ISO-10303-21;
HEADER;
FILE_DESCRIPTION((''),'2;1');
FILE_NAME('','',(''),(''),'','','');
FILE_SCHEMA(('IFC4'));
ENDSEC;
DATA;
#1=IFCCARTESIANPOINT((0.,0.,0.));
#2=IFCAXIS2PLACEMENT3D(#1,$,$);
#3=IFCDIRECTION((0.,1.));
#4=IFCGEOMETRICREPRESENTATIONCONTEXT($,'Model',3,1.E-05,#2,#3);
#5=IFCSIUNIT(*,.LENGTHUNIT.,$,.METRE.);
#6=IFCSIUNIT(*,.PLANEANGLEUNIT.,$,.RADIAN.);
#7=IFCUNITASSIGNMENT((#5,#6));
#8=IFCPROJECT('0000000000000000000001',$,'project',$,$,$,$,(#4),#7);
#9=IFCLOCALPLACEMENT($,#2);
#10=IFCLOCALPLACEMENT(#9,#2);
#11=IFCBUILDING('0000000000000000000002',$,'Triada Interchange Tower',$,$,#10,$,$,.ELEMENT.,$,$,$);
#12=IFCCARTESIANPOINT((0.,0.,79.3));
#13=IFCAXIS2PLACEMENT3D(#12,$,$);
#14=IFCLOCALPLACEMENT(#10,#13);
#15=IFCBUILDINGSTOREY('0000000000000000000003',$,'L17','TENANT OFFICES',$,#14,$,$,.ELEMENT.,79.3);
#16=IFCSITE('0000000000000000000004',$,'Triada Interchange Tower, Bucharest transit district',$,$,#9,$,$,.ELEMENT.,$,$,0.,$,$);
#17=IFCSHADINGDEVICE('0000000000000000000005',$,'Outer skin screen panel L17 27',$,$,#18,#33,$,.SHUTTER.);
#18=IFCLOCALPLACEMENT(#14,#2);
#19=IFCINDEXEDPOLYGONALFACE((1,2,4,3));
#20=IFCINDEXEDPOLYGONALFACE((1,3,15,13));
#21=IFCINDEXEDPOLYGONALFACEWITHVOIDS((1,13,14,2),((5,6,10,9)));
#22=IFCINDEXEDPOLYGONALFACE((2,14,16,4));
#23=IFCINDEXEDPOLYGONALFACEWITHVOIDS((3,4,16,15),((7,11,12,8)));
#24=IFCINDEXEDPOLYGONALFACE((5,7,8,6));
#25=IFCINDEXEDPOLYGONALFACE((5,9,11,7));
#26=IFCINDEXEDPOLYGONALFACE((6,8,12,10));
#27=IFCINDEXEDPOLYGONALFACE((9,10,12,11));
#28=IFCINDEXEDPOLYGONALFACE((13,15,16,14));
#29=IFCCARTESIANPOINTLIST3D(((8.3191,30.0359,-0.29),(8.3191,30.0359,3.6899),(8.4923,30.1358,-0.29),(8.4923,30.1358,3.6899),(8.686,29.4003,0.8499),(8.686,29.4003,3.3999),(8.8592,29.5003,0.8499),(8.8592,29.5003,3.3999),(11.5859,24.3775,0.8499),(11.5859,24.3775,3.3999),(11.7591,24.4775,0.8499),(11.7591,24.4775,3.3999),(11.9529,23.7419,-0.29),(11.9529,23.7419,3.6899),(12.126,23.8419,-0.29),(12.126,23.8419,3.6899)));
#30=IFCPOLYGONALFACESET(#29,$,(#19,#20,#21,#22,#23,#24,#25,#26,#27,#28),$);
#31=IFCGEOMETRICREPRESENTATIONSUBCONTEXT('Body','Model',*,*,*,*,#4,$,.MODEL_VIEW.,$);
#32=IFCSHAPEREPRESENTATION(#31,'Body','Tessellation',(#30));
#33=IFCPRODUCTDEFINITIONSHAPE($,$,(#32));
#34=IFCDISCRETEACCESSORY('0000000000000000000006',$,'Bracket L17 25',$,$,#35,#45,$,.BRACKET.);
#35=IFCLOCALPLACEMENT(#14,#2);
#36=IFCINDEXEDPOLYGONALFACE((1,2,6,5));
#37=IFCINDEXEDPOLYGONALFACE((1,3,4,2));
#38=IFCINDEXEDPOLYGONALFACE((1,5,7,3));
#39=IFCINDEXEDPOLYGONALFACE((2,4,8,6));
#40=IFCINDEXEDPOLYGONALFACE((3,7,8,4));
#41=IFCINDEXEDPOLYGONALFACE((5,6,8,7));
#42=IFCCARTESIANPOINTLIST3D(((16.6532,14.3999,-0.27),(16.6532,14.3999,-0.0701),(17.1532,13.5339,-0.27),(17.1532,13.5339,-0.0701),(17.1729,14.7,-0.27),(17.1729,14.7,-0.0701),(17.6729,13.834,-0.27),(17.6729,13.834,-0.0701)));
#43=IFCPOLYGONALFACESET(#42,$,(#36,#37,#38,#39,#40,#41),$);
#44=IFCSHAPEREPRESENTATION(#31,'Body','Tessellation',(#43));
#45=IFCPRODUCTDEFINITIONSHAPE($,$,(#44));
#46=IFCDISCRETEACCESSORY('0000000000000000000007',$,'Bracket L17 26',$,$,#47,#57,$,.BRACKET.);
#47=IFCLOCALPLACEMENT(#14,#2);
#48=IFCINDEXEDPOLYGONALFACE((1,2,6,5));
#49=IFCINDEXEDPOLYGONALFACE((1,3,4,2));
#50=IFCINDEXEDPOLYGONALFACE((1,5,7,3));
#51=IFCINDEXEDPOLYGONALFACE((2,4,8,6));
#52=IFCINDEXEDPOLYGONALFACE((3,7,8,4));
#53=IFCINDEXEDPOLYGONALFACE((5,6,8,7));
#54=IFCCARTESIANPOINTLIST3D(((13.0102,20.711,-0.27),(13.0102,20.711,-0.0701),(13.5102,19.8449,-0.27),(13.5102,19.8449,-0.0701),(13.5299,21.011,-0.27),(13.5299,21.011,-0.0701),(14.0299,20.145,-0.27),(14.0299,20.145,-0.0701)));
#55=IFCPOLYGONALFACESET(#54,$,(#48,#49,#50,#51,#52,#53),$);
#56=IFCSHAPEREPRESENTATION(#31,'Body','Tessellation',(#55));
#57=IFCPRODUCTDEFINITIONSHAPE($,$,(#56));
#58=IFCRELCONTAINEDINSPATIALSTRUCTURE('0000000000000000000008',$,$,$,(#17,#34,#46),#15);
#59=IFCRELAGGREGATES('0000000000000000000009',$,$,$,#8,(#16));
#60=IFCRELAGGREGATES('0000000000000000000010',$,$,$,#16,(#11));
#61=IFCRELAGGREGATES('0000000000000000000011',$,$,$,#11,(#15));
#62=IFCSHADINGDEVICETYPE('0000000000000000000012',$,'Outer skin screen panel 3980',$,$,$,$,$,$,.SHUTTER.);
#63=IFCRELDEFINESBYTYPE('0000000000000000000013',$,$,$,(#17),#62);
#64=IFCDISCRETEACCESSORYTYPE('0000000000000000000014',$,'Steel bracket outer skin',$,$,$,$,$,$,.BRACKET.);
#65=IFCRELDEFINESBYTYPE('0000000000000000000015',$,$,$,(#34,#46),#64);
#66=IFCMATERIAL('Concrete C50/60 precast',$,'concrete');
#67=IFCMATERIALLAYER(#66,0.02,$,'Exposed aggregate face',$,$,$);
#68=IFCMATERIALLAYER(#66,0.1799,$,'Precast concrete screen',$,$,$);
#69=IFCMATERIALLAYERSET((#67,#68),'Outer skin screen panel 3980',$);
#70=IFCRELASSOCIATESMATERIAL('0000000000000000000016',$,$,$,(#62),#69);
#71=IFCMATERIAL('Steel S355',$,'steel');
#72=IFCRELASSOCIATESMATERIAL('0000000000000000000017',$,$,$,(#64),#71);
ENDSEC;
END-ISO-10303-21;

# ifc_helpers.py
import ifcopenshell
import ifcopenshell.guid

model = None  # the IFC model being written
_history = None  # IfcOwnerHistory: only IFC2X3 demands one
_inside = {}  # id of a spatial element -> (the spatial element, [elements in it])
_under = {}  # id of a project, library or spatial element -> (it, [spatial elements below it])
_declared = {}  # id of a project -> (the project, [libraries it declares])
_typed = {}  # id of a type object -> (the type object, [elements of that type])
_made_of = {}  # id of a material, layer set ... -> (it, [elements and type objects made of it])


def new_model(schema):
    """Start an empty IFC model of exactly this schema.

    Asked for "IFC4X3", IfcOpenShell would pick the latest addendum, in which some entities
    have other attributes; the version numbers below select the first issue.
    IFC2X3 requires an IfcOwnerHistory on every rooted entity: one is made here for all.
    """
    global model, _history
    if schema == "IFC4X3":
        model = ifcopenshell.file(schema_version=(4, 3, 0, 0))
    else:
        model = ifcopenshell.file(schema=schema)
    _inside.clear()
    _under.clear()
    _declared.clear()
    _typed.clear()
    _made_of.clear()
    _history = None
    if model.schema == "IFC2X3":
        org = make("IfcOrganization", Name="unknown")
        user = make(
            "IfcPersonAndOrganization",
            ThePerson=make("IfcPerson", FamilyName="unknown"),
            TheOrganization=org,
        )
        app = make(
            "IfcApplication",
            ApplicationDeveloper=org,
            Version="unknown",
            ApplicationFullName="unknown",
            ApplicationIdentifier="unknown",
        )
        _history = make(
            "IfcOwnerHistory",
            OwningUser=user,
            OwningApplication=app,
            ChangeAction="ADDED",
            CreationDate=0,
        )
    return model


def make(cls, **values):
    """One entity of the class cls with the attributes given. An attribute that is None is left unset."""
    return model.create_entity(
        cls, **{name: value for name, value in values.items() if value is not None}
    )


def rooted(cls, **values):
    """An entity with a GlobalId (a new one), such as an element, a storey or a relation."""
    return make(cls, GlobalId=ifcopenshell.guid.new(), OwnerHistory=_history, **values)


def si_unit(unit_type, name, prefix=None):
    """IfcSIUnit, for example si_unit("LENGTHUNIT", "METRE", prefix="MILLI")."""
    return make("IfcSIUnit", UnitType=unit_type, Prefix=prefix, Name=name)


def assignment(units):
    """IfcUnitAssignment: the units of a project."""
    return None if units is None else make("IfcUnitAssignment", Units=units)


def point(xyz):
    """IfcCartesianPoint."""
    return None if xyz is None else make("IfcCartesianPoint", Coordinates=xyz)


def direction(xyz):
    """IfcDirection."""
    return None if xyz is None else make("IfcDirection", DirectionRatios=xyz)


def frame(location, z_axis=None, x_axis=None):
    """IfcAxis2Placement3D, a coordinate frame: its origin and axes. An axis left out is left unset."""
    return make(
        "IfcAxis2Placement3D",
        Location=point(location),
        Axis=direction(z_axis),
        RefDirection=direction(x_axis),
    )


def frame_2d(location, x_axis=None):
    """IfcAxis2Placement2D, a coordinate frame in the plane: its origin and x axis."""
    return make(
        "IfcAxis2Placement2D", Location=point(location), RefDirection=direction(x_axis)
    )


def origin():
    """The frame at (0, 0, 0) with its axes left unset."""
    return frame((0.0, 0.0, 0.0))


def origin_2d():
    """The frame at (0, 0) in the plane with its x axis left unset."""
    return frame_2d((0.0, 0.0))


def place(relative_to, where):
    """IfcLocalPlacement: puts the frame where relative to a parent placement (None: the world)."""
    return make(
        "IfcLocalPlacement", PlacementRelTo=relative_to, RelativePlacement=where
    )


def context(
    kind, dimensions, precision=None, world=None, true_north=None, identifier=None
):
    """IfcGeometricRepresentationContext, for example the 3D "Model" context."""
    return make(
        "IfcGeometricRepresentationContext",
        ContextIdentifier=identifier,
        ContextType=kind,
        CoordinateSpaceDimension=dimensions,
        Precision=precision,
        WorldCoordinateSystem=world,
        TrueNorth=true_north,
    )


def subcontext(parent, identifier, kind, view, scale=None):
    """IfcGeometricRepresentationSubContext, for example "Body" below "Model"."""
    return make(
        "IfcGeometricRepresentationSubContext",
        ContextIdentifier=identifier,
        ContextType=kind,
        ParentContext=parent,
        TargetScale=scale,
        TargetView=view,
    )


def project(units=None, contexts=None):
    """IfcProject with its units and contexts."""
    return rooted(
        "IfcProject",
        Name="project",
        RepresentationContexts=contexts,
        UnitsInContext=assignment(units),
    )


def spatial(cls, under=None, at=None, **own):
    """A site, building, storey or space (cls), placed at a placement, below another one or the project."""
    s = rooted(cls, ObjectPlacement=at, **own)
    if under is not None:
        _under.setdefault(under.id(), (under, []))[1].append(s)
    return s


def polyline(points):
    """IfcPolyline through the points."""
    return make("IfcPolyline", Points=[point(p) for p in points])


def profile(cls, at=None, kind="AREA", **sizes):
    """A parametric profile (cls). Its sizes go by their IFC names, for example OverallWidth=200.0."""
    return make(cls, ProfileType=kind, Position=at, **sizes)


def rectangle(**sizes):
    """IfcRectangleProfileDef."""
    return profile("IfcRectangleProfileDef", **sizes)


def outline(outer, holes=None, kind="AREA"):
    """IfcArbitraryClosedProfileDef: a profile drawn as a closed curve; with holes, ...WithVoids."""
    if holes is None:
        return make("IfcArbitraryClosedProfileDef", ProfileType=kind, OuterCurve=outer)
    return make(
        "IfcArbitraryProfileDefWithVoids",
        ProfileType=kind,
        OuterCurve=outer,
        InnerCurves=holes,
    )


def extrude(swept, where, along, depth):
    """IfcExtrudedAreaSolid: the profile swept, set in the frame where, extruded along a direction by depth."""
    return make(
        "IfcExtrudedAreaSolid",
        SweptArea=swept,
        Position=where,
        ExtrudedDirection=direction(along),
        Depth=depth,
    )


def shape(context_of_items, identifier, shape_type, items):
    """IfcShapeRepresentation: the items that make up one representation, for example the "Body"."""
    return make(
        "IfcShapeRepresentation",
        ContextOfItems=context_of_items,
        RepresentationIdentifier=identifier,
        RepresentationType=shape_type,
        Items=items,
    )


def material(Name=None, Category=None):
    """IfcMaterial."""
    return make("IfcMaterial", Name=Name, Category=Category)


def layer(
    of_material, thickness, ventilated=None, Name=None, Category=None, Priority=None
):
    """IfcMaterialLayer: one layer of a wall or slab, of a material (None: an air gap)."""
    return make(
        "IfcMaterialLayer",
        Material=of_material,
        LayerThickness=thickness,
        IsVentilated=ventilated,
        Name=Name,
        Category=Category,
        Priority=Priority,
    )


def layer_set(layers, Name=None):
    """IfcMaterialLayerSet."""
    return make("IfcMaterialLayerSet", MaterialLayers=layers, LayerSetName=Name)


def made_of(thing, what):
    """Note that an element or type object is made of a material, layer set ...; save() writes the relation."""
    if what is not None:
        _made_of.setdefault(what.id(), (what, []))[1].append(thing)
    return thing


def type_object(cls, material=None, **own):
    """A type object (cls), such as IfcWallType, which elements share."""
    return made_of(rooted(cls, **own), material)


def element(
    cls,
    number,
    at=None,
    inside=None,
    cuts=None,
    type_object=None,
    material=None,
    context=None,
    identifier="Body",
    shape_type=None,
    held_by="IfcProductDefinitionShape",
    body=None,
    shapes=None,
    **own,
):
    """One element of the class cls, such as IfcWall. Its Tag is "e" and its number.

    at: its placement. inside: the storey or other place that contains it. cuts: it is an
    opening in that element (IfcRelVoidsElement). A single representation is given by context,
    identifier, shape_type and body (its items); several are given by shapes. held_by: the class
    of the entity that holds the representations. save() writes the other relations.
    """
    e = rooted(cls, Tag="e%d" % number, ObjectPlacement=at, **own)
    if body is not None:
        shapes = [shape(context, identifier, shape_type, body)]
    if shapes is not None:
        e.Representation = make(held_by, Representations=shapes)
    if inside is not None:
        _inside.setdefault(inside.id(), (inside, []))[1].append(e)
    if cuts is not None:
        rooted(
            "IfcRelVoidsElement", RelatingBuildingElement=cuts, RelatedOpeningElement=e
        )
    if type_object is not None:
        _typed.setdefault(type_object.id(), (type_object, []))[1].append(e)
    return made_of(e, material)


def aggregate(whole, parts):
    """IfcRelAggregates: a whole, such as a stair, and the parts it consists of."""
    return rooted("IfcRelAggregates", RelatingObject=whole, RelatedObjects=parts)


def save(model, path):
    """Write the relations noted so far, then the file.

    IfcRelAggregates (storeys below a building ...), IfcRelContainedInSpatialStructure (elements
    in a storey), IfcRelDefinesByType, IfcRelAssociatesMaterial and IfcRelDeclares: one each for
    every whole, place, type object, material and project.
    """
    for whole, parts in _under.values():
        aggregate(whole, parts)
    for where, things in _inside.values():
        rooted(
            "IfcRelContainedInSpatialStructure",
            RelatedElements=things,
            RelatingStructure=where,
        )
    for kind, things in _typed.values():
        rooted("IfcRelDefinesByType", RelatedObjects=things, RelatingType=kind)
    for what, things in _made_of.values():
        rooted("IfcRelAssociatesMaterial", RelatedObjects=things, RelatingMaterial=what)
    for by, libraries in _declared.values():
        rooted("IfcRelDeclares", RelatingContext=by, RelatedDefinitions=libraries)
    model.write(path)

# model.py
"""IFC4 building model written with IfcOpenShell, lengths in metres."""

from ifc_helpers import new_model, si_unit, direction, frame, origin, origin_2d, place, context, subcontext, project, spatial, polyline, rectangle, outline, extrude, material, layer, layer_set, type_object, element, save


model = new_model("IFC4")

# Units and contexts
model_context = context("Model", 3, precision=1e-05, world=origin(), true_north=direction((0.0, 1.0)))
body_context = subcontext(model_context, "Body", "Model", "MODEL_VIEW")
ifc_project = project(units=[si_unit("LENGTHUNIT", "METRE"), si_unit("PLANEANGLEUNIT", "RADIAN")], contexts=[model_context])

# Site, building, storey
site_placement = place(None, origin())
site = spatial("IfcSite", under=ifc_project, at=site_placement, Name="Triada Interchange Tower, Bucharest transit district", CompositionType="ELEMENT", RefElevation=0.0)
building_placement = place(site_placement, origin())
building = spatial("IfcBuilding", under=site, at=building_placement, Name="Triada Interchange Tower", CompositionType="ELEMENT")
storey_placement = place(building_placement, frame((0.0, 0.0, 79.3)))
storey = spatial("IfcBuildingStorey", under=building, at=storey_placement, Name="L17", Description="TENANT OFFICES", CompositionType="ELEMENT", Elevation=79.3)

# Shading device
ifc_material_1 = material(Name="Concrete C50/60 precast", Category="concrete")
ifc_layer_1 = layer(ifc_material_1, 0.02, Name="Exposed aggregate face")
ifc_layer_2 = layer(ifc_material_1, 0.1799, Name="Precast concrete screen")
ifc_layer_set_1 = layer_set([ifc_layer_1, ifc_layer_2], Name="Outer skin screen panel 3980")
shading_device_type = type_object("IfcShadingDeviceType", Name="Outer skin screen panel 3980", PredefinedType="SHUTTER", material=ifc_layer_set_1)
shading_device_1_placement = place(storey_placement, frame((11.9529, 23.7419, -0.29), z_axis=(0.0, 0.0, 1.0), x_axis=(-0.499998, 0.866027, 0.0)))
element("IfcShadingDevice", 1, at=shading_device_1_placement, inside=storey, type_object=shading_device_type, Name="Outer skin screen panel L17 27", PredefinedType="SHUTTER", context=body_context, shape_type="SweptSolid", body=[
    extrude(outline(polyline([(0.0, 0.0), (7.2676, 0.0), (7.2676, 3.98), (0.0, 3.98), (0.0, 0.0)]), holes=[polyline([(0.7339, 1.1399), (0.7339, 3.6899), (6.5337, 3.6899), (6.5337, 1.1399), (0.7339, 1.1399)])]), frame((0.0, 0.0, 0.0), z_axis=(0.0, -1.0, 0.0), x_axis=(1.0, 0.0, 0.0)), (0.0, 0.0, 1.0), 0.2),
])

# Discrete accessories
ifc_material_2 = material(Name="Steel S355", Category="steel")
discrete_accessory_type = type_object("IfcDiscreteAccessoryType", Name="Steel bracket outer skin", PredefinedType="BRACKET", material=ifc_material_2)
for number, where, z_axis, x_axis, name in (
    (2, (17.1631, 14.1169, -0.27), (0.0, 0.0, 1.0), (0.866027, 0.499997, 0.0), "Bracket L17 25"),
    (3, (13.52, 20.428, -0.27), (0.0, 0.0, 1.0), (0.866027, 0.499997, 0.0), "Bracket L17 26"),
):
    element("IfcDiscreteAccessory", number, at=place(storey_placement, frame(where, z_axis=z_axis, x_axis=x_axis)), inside=storey, type_object=discrete_accessory_type, Name=name, PredefinedType="BRACKET", context=body_context, shape_type="SweptSolid", body=[
        extrude(rectangle(XDim=0.6001, YDim=1.0, at=origin_2d()), origin(), (0.0, 0.0, 1.0), 0.2),
    ])

save(model, "model.ifc")
